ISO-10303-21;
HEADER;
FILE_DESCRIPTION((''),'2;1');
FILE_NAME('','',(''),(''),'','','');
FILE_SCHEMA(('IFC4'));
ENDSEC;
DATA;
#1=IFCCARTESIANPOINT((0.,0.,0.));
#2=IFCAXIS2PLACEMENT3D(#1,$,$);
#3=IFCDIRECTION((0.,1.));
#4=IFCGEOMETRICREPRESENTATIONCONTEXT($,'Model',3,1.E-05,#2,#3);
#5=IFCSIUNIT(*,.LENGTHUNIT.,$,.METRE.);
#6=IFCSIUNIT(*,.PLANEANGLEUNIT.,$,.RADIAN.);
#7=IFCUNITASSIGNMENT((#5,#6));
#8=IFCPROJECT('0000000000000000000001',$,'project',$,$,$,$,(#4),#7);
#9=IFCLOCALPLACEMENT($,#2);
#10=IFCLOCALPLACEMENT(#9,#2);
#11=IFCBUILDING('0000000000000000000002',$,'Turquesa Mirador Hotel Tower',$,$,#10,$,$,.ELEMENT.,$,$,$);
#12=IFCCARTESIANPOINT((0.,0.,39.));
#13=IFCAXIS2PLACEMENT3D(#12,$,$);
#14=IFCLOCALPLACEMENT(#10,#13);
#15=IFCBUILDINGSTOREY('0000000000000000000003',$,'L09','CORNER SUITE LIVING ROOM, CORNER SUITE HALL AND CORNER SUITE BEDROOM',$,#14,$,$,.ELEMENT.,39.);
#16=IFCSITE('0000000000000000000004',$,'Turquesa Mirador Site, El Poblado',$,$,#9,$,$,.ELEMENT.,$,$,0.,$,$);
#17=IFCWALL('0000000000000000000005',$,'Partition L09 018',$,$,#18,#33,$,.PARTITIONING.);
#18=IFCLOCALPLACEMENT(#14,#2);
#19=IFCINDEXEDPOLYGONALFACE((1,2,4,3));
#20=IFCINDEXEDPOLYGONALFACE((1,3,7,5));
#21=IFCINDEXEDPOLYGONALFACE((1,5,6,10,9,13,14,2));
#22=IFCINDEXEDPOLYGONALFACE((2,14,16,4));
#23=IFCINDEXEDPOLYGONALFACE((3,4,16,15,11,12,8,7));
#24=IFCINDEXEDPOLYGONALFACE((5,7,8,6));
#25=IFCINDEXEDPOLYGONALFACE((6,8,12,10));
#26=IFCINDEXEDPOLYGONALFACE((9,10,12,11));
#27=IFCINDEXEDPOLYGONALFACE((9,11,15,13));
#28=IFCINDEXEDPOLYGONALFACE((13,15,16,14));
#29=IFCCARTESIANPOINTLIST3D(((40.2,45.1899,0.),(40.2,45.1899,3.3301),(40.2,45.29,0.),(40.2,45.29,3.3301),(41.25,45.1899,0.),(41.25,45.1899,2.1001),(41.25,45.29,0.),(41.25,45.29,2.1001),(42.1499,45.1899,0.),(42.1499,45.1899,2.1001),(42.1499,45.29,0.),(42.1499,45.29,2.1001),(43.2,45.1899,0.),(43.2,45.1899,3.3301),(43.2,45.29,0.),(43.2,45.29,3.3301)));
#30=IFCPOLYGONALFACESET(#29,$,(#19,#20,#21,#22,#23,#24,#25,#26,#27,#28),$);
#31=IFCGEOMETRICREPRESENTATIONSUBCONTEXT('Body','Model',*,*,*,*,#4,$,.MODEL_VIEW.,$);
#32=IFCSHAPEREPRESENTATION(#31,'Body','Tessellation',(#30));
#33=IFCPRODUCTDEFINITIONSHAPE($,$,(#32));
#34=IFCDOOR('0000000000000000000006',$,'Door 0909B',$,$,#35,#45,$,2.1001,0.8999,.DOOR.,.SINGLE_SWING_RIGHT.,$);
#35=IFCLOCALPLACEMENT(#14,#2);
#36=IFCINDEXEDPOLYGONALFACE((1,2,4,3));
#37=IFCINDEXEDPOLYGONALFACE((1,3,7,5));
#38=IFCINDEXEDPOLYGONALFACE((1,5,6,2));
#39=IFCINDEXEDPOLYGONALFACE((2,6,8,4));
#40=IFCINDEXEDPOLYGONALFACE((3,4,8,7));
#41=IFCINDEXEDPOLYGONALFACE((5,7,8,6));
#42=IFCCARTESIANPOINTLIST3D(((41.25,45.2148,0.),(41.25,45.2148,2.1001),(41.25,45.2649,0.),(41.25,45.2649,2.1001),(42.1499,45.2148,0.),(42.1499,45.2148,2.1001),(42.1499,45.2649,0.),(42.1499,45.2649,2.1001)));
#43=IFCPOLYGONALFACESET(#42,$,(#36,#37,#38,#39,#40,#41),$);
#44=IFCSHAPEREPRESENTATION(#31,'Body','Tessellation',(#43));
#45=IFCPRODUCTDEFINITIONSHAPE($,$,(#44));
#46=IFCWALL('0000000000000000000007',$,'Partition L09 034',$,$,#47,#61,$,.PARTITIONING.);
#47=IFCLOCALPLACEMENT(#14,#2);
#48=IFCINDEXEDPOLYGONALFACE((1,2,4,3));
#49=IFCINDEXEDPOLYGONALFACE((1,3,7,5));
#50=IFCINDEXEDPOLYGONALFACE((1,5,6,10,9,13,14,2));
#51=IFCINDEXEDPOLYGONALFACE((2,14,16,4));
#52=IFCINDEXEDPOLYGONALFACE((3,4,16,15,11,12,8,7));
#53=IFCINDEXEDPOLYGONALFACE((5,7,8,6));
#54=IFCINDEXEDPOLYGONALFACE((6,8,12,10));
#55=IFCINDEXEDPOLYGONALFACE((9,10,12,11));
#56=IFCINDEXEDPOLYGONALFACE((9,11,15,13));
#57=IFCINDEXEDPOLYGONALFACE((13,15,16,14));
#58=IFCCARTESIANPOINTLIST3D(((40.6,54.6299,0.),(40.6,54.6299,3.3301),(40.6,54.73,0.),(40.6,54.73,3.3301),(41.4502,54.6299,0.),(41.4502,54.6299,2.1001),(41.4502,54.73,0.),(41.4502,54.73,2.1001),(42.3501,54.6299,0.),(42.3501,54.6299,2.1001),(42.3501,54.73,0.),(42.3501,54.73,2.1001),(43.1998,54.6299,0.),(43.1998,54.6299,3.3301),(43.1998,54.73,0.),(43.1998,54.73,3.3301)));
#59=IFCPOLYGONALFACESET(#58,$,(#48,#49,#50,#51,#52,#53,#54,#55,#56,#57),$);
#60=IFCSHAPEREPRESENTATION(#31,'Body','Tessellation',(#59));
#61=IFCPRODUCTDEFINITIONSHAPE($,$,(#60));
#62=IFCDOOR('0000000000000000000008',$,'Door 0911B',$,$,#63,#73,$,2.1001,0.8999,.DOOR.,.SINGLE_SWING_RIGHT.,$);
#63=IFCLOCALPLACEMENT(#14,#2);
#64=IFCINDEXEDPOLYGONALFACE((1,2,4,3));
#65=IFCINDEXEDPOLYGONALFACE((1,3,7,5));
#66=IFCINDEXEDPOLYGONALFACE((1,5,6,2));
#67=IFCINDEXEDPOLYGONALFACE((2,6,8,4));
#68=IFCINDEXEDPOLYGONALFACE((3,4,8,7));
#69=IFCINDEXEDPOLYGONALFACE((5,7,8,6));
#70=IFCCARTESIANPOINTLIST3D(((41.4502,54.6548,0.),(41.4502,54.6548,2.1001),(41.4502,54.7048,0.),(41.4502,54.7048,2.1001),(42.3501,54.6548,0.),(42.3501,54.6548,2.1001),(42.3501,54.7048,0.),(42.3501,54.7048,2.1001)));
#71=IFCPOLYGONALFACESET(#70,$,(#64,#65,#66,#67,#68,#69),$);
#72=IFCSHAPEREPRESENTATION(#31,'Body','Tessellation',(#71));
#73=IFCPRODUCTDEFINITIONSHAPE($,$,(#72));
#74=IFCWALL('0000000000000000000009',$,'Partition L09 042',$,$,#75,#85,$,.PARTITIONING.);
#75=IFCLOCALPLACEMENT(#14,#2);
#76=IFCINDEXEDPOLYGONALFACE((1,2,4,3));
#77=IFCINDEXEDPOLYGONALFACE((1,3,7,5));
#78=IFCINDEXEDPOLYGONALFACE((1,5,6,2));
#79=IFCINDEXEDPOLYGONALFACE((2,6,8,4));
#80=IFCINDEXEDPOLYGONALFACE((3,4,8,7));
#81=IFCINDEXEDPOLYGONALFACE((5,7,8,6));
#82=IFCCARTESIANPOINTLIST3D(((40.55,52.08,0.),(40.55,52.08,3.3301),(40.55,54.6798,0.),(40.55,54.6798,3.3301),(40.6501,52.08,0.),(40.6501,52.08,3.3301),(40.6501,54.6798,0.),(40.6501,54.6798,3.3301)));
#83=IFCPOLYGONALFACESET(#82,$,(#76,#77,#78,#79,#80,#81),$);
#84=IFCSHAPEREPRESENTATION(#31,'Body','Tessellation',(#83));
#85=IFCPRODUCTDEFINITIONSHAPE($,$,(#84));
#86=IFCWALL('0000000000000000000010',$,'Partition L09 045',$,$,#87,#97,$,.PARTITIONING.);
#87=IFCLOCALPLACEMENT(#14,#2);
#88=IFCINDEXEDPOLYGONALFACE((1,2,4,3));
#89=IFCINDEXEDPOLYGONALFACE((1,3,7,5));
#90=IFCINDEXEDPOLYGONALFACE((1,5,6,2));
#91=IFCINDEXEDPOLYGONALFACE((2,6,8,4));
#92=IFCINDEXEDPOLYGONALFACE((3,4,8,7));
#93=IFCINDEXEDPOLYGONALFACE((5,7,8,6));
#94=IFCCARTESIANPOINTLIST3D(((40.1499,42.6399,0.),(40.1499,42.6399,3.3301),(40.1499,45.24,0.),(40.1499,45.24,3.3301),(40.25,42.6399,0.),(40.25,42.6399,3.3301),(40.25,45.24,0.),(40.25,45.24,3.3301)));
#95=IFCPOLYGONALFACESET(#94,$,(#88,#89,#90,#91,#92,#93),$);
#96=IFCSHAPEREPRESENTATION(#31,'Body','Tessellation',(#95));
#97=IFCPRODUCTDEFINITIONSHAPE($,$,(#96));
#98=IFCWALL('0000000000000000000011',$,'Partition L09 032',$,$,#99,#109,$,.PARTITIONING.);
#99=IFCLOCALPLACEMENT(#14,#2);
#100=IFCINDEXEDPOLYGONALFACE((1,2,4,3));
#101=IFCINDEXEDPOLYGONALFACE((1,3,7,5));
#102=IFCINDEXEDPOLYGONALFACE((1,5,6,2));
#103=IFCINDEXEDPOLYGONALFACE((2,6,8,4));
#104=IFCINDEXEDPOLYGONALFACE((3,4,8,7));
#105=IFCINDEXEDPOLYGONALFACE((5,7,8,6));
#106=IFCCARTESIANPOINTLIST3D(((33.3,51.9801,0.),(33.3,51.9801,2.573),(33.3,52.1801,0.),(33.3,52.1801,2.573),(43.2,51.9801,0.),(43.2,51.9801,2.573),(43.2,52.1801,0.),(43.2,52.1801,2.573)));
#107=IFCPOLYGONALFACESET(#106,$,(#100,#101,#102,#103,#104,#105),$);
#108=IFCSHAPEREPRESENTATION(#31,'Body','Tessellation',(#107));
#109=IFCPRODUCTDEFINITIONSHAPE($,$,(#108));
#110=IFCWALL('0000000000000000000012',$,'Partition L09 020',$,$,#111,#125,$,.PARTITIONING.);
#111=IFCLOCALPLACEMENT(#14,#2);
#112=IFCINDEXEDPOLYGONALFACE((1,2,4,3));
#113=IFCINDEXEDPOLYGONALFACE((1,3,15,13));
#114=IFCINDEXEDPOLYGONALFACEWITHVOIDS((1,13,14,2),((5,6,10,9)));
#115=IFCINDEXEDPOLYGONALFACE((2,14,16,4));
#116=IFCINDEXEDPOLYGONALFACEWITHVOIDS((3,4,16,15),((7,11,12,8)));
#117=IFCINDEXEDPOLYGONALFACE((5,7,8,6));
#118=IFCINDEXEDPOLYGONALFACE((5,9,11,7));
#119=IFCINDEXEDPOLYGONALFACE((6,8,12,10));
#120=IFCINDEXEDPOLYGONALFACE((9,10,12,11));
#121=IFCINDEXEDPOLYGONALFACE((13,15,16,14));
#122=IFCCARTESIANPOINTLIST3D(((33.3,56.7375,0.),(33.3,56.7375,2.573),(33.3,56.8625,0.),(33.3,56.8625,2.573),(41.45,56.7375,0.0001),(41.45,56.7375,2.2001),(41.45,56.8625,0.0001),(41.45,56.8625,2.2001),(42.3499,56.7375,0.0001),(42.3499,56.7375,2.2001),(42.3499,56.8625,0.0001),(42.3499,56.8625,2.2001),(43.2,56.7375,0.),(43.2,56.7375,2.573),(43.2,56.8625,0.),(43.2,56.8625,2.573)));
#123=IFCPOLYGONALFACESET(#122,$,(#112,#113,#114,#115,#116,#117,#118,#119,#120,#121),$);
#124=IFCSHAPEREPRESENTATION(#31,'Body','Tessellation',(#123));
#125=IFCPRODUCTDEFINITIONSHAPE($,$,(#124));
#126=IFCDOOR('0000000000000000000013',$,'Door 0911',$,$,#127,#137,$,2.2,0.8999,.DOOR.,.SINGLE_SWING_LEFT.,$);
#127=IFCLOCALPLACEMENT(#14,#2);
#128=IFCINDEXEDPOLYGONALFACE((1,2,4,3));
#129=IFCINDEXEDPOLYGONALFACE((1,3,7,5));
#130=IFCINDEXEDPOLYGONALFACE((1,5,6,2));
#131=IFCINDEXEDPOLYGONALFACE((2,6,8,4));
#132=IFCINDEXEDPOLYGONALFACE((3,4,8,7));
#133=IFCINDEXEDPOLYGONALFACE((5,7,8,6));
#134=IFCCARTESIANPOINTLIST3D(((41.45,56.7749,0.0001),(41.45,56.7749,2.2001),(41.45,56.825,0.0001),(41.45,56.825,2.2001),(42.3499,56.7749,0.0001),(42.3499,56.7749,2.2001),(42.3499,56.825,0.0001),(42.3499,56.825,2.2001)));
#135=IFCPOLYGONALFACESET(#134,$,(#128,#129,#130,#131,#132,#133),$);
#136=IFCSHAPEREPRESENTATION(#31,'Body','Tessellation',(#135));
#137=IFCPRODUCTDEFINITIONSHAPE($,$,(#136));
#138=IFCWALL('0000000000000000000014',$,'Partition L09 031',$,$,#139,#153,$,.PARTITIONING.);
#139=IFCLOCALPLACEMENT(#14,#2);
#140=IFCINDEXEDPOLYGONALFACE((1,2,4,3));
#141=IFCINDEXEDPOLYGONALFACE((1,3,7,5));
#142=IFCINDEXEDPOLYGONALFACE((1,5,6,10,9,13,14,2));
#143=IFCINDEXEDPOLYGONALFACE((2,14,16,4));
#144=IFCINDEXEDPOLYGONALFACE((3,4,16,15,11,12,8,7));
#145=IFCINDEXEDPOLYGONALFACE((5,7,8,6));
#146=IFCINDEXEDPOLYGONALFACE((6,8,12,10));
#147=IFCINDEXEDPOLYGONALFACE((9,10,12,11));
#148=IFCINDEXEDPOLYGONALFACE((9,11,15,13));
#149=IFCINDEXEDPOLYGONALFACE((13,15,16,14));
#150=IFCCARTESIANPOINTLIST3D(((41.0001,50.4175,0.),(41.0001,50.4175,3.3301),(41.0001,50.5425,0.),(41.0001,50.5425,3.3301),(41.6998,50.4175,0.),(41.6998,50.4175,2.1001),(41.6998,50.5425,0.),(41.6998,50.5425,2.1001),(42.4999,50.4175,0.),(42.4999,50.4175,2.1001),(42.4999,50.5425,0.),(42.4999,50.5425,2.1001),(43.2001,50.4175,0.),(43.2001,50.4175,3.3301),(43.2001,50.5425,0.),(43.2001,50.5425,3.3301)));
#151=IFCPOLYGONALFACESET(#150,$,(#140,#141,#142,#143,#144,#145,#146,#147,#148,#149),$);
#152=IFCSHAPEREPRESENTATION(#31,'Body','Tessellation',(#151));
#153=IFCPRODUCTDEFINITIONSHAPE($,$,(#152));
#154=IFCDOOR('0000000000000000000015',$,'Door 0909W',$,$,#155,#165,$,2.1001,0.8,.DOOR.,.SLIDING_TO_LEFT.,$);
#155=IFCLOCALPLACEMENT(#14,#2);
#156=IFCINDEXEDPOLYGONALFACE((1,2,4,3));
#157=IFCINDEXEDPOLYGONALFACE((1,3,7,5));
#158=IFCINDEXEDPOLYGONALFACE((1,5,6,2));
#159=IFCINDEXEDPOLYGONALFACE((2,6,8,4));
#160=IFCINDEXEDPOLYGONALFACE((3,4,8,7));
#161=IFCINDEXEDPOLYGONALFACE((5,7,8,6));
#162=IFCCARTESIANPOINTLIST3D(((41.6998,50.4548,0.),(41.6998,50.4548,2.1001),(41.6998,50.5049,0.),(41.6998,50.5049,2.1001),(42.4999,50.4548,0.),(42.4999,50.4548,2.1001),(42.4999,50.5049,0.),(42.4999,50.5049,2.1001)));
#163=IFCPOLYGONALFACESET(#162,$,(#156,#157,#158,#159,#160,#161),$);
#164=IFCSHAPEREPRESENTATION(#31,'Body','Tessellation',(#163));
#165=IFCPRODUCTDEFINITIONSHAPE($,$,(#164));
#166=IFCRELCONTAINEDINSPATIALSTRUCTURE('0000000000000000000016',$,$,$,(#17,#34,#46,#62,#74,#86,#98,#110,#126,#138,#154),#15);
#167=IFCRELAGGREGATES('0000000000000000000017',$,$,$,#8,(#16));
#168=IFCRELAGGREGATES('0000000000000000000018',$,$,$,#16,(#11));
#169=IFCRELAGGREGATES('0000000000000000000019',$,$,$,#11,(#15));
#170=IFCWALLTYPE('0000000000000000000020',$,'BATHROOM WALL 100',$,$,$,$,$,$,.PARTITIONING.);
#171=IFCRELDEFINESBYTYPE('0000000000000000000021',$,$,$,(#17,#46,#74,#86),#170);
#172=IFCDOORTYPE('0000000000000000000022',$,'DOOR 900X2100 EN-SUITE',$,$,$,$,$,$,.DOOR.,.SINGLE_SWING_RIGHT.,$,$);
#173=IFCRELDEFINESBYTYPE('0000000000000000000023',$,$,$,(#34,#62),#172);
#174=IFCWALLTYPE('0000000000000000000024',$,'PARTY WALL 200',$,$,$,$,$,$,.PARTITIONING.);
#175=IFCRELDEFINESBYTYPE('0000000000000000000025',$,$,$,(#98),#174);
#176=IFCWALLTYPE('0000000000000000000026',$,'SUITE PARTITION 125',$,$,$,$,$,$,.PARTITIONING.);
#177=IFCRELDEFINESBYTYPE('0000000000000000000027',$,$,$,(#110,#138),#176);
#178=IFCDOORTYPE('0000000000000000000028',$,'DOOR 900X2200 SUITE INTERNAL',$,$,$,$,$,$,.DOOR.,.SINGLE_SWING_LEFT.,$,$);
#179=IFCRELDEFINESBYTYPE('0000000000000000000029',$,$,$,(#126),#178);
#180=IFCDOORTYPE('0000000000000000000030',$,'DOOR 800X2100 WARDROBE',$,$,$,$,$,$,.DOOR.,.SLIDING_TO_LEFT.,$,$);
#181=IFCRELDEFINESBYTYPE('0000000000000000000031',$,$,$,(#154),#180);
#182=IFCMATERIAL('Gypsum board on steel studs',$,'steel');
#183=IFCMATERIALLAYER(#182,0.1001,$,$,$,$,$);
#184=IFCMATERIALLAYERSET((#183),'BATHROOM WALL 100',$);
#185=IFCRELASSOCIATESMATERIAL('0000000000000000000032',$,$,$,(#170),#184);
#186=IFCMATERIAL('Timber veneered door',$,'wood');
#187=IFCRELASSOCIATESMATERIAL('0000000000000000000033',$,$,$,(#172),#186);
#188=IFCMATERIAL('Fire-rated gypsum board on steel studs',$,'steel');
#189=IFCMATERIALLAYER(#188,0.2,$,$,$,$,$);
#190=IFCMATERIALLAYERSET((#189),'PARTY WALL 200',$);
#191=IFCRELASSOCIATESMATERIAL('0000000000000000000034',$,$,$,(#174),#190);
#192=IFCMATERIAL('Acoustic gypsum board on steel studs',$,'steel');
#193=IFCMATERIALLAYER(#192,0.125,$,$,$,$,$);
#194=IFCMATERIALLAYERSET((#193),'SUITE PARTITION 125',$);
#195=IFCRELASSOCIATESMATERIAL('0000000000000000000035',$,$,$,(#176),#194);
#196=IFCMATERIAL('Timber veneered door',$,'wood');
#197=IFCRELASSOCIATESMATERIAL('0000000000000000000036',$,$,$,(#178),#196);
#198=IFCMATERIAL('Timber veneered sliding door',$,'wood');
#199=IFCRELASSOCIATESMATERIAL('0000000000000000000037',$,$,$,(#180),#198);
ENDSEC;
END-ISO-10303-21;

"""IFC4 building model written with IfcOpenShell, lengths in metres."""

from ifc_helpers import new_model, si_unit, direction, frame, frame_2d, origin, place, context, subcontext, project, spatial, rectangle, extrude, material, layer, layer_set, type_object, element, fill, save


model = new_model("IFC4")

# Units and contexts
model_context = context("Model", 3, precision=1e-05, world=origin(), true_north=direction((0.0, 1.0)))
body_context = subcontext(model_context, "Body", "Model", "MODEL_VIEW")
ifc_project = project(units=[si_unit("LENGTHUNIT", "METRE"), si_unit("PLANEANGLEUNIT", "RADIAN")], contexts=[model_context])

# Site, building, storey
site_placement = place(None, origin())
site = spatial("IfcSite", under=ifc_project, at=site_placement, Name="Turquesa Mirador Site, El Poblado", CompositionType="ELEMENT", RefElevation=0.0)
building_placement = place(site_placement, origin())
building = spatial("IfcBuilding", under=site, at=building_placement, Name="Turquesa Mirador Hotel Tower", CompositionType="ELEMENT")
storey_placement = place(building_placement, frame((0.0, 0.0, 39.0)))
storey = spatial("IfcBuildingStorey", under=building, at=storey_placement, Name="L09", Description="CORNER SUITE LIVING ROOM, CORNER SUITE HALL AND CORNER SUITE BEDROOM", CompositionType="ELEMENT", Elevation=39.0)

# Walls, openings, doors
ifc_material_1 = material(Name="Gypsum board on steel studs", Category="steel")
ifc_layer_1 = layer(ifc_material_1, 0.1001)
ifc_layer_set_1 = layer_set([ifc_layer_1], Name="BATHROOM WALL 100")
wall_type_1 = type_object("IfcWallType", Name="BATHROOM WALL 100", PredefinedType="PARTITIONING", material=ifc_layer_set_1)
wall_1_placement = place(storey_placement, frame((40.2, 45.24, 0.0), z_axis=(0.0, 0.0, 1.0), x_axis=(1.0, 0.0, 0.0)))
wall_1 = element("IfcWall", 1, at=wall_1_placement, inside=storey, type_object=wall_type_1, Name="Partition L09 018", PredefinedType="PARTITIONING", context=body_context, shape_type="SweptSolid", body=[
    extrude(rectangle(XDim=3.0, YDim=0.1001, at=frame_2d((1.5, 0.0))), origin(), (0.0, 0.0, 1.0), 3.3301),
])
opening_1_placement = place(wall_1_placement, frame((1.05, 0.0, 0.0)))
opening_1 = element("IfcOpeningElement", 2, at=opening_1_placement, cuts=wall_1, PredefinedType="OPENING", context=body_context, shape_type="SweptSolid", body=[
    extrude(rectangle(XDim=0.8999, YDim=2.1001, at=frame_2d((0.45, 1.05))), frame((0.0, 0.0601, 0.0), z_axis=(0.0, -1.0, 0.0), x_axis=(1.0, 0.0, 0.0)), (0.0, 0.0, 1.0), 0.1201),
])
ifc_material_2 = material(Name="Timber veneered door", Category="wood")
door_type_1 = type_object("IfcDoorType", Name="DOOR 900X2100 EN-SUITE", OperationType="SINGLE_SWING_RIGHT", PredefinedType="DOOR", material=ifc_material_2)
door_1_placement = place(opening_1_placement, origin())
door_1 = element("IfcDoor", 3, at=door_1_placement, inside=storey, type_object=door_type_1, Name="Door 0909B", OperationType="SINGLE_SWING_RIGHT", OverallHeight=2.1001, OverallWidth=0.8999, PredefinedType="DOOR", context=body_context, shape_type="SweptSolid", body=[
    extrude(rectangle(XDim=0.8999, YDim=2.1001, at=frame_2d((0.45, 1.05))), frame((0.0, 0.0249, 0.0), z_axis=(0.0, -1.0, 0.0), x_axis=(1.0, 0.0, 0.0)), (0.0, 0.0, 1.0), 0.05),
])
fill(opening_1, door_1)
wall_2_placement = place(storey_placement, frame((40.6001, 54.6799, 0.0), z_axis=(0.0, 0.0, 1.0), x_axis=(1.0, 0.0, 0.0)))
wall_2 = element("IfcWall", 4, at=wall_2_placement, inside=storey, type_object=wall_type_1, Name="Partition L09 034", PredefinedType="PARTITIONING", context=body_context, shape_type="SweptSolid", body=[
    extrude(rectangle(XDim=2.5999, YDim=0.1001, at=frame_2d((1.2998, 0.0))), origin(), (0.0, 0.0, 1.0), 3.3301),
])
opening_2_placement = place(wall_2_placement, frame((0.8501, 0.0, 0.0)))
opening_2 = element("IfcOpeningElement", 5, at=opening_2_placement, cuts=wall_2, PredefinedType="OPENING", context=body_context, shape_type="SweptSolid", body=[
    extrude(rectangle(XDim=0.8999, YDim=2.1001, at=frame_2d((0.45, 1.05))), frame((0.0, 0.0601, 0.0), z_axis=(0.0, -1.0, 0.0), x_axis=(1.0, 0.0, 0.0)), (0.0, 0.0, 1.0), 0.1201),
])
door_2_placement = place(opening_2_placement, origin())
door_2 = element("IfcDoor", 6, at=door_2_placement, inside=storey, type_object=door_type_1, Name="Door 0911B", OperationType="SINGLE_SWING_RIGHT", OverallHeight=2.1001, OverallWidth=0.8999, PredefinedType="DOOR", context=body_context, shape_type="SweptSolid", body=[
    extrude(rectangle(XDim=0.8999, YDim=2.1001, at=frame_2d((0.45, 1.05))), frame((0.0, 0.0249, 0.0), z_axis=(0.0, -1.0, 0.0), x_axis=(1.0, 0.0, 0.0)), (0.0, 0.0, 1.0), 0.05),
])
fill(opening_2, door_2)

# Walls
wall_3_placement = place(storey_placement, frame((40.6001, 52.0801, 0.0), z_axis=(0.0, 0.0, 1.0), x_axis=(0.0, 1.0, 0.0)))
element("IfcWall", 7, at=wall_3_placement, inside=storey, type_object=wall_type_1, Name="Partition L09 042", PredefinedType="PARTITIONING", context=body_context, shape_type="SweptSolid", body=[
    extrude(rectangle(XDim=2.5999, YDim=0.1001, at=frame_2d((1.2998, 0.0))), origin(), (0.0, 0.0, 1.0), 3.3301),
])
wall_4_placement = place(storey_placement, frame((40.2, 42.6399, 0.0), z_axis=(0.0, 0.0, 1.0), x_axis=(0.0, 1.0, 0.0)))
element("IfcWall", 8, at=wall_4_placement, inside=storey, type_object=wall_type_1, Name="Partition L09 045", PredefinedType="PARTITIONING", context=body_context, shape_type="SweptSolid", body=[
    extrude(rectangle(XDim=2.6001, YDim=0.1001, at=frame_2d((1.3, 0.0))), origin(), (0.0, 0.0, 1.0), 3.3301),
])
ifc_material_3 = material(Name="Fire-rated gypsum board on steel studs", Category="steel")
ifc_layer_2 = layer(ifc_material_3, 0.2)
ifc_layer_set_2 = layer_set([ifc_layer_2], Name="PARTY WALL 200")
wall_type_2 = type_object("IfcWallType", Name="PARTY WALL 200", PredefinedType="PARTITIONING", material=ifc_layer_set_2)
wall_5_placement = place(storey_placement, frame((33.3, 52.0801, 0.0), z_axis=(0.0, 0.0, 1.0), x_axis=(1.0, 0.0, 0.0)))
element("IfcWall", 9, at=wall_5_placement, inside=storey, type_object=wall_type_2, Name="Partition L09 032", PredefinedType="PARTITIONING", context=body_context, shape_type="SweptSolid", body=[
    extrude(rectangle(XDim=9.8999, YDim=0.2, at=frame_2d((4.95, 0.0))), origin(), (0.0, 0.0, 1.0), 2.573),
])

# Walls, openings, doors
ifc_material_4 = material(Name="Acoustic gypsum board on steel studs", Category="steel")
ifc_layer_3 = layer(ifc_material_4, 0.125)
ifc_layer_set_3 = layer_set([ifc_layer_3], Name="SUITE PARTITION 125")
wall_type_3 = type_object("IfcWallType", Name="SUITE PARTITION 125", PredefinedType="PARTITIONING", material=ifc_layer_set_3)
wall_6_placement = place(storey_placement, frame((33.3, 56.8, 0.0), z_axis=(0.0, 0.0, 1.0), x_axis=(1.0, 0.0, 0.0)))
wall_6 = element("IfcWall", 10, at=wall_6_placement, inside=storey, type_object=wall_type_3, Name="Partition L09 020", PredefinedType="PARTITIONING", context=body_context, shape_type="SweptSolid", body=[
    extrude(rectangle(XDim=9.8999, YDim=0.125, at=frame_2d((4.95, 0.0))), origin(), (0.0, 0.0, 1.0), 2.573),
])
opening_3_placement = place(wall_6_placement, frame((8.1499, 0.0, 0.0)))
opening_3 = element("IfcOpeningElement", 11, at=opening_3_placement, cuts=wall_6, PredefinedType="OPENING", context=body_context, shape_type="SweptSolid", body=[
    extrude(rectangle(XDim=0.8999, YDim=2.2, at=frame_2d((0.45, 1.1001))), frame((0.0, 0.0725, 0.0), z_axis=(0.0, -1.0, 0.0), x_axis=(1.0, 0.0, 0.0)), (0.0, 0.0, 1.0), 0.145),
])
ifc_material_5 = material(Name="Timber veneered door", Category="wood")
door_type_2 = type_object("IfcDoorType", Name="DOOR 900X2200 SUITE INTERNAL", OperationType="SINGLE_SWING_LEFT", PredefinedType="DOOR", material=ifc_material_5)
door_3_placement = place(opening_3_placement, origin())
door_3 = element("IfcDoor", 12, at=door_3_placement, inside=storey, type_object=door_type_2, Name="Door 0911", OperationType="SINGLE_SWING_LEFT", OverallHeight=2.2, OverallWidth=0.8999, PredefinedType="DOOR", context=body_context, shape_type="SweptSolid", body=[
    extrude(rectangle(XDim=0.8999, YDim=2.2, at=frame_2d((0.45, 1.1001))), frame((0.0, 0.0249, 0.0), z_axis=(0.0, -1.0, 0.0), x_axis=(1.0, 0.0, 0.0)), (0.0, 0.0, 1.0), 0.05),
])
fill(opening_3, door_3)
wall_7_placement = place(storey_placement, frame((41.0, 50.48, 0.0), z_axis=(0.0, 0.0, 1.0), x_axis=(1.0, 0.0, 0.0)))
wall_7 = element("IfcWall", 13, at=wall_7_placement, inside=storey, type_object=wall_type_3, Name="Partition L09 031", PredefinedType="PARTITIONING", context=body_context, shape_type="SweptSolid", body=[
    extrude(rectangle(XDim=2.2, YDim=0.125, at=frame_2d((1.1001, 0.0))), origin(), (0.0, 0.0, 1.0), 3.3301),
])
opening_4_placement = place(wall_7_placement, frame((0.7, 0.0, 0.0)))
opening_4 = element("IfcOpeningElement", 14, at=opening_4_placement, cuts=wall_7, PredefinedType="OPENING", context=body_context, shape_type="SweptSolid", body=[
    extrude(rectangle(XDim=0.8, YDim=2.1001, at=frame_2d((0.3999, 1.05))), frame((0.0, 0.0725, 0.0), z_axis=(0.0, -1.0, 0.0), x_axis=(1.0, 0.0, 0.0)), (0.0, 0.0, 1.0), 0.145),
])
ifc_material_6 = material(Name="Timber veneered sliding door", Category="wood")
door_type_3 = type_object("IfcDoorType", Name="DOOR 800X2100 WARDROBE", OperationType="SLIDING_TO_LEFT", PredefinedType="DOOR", material=ifc_material_6)
door_4_placement = place(opening_4_placement, origin())
door_4 = element("IfcDoor", 15, at=door_4_placement, inside=storey, type_object=door_type_3, Name="Door 0909W", OperationType="SLIDING_TO_LEFT", OverallHeight=2.1001, OverallWidth=0.8, PredefinedType="DOOR", context=body_context, shape_type="SweptSolid", body=[
    extrude(rectangle(XDim=0.8, YDim=2.1001, at=frame_2d((0.3999, 1.05))), frame((0.0, 0.0249, 0.0), z_axis=(0.0, -1.0, 0.0), x_axis=(1.0, 0.0, 0.0)), (0.0, 0.0, 1.0), 0.05),
])
fill(opening_4, door_4)

save(model, "model.ifc")
